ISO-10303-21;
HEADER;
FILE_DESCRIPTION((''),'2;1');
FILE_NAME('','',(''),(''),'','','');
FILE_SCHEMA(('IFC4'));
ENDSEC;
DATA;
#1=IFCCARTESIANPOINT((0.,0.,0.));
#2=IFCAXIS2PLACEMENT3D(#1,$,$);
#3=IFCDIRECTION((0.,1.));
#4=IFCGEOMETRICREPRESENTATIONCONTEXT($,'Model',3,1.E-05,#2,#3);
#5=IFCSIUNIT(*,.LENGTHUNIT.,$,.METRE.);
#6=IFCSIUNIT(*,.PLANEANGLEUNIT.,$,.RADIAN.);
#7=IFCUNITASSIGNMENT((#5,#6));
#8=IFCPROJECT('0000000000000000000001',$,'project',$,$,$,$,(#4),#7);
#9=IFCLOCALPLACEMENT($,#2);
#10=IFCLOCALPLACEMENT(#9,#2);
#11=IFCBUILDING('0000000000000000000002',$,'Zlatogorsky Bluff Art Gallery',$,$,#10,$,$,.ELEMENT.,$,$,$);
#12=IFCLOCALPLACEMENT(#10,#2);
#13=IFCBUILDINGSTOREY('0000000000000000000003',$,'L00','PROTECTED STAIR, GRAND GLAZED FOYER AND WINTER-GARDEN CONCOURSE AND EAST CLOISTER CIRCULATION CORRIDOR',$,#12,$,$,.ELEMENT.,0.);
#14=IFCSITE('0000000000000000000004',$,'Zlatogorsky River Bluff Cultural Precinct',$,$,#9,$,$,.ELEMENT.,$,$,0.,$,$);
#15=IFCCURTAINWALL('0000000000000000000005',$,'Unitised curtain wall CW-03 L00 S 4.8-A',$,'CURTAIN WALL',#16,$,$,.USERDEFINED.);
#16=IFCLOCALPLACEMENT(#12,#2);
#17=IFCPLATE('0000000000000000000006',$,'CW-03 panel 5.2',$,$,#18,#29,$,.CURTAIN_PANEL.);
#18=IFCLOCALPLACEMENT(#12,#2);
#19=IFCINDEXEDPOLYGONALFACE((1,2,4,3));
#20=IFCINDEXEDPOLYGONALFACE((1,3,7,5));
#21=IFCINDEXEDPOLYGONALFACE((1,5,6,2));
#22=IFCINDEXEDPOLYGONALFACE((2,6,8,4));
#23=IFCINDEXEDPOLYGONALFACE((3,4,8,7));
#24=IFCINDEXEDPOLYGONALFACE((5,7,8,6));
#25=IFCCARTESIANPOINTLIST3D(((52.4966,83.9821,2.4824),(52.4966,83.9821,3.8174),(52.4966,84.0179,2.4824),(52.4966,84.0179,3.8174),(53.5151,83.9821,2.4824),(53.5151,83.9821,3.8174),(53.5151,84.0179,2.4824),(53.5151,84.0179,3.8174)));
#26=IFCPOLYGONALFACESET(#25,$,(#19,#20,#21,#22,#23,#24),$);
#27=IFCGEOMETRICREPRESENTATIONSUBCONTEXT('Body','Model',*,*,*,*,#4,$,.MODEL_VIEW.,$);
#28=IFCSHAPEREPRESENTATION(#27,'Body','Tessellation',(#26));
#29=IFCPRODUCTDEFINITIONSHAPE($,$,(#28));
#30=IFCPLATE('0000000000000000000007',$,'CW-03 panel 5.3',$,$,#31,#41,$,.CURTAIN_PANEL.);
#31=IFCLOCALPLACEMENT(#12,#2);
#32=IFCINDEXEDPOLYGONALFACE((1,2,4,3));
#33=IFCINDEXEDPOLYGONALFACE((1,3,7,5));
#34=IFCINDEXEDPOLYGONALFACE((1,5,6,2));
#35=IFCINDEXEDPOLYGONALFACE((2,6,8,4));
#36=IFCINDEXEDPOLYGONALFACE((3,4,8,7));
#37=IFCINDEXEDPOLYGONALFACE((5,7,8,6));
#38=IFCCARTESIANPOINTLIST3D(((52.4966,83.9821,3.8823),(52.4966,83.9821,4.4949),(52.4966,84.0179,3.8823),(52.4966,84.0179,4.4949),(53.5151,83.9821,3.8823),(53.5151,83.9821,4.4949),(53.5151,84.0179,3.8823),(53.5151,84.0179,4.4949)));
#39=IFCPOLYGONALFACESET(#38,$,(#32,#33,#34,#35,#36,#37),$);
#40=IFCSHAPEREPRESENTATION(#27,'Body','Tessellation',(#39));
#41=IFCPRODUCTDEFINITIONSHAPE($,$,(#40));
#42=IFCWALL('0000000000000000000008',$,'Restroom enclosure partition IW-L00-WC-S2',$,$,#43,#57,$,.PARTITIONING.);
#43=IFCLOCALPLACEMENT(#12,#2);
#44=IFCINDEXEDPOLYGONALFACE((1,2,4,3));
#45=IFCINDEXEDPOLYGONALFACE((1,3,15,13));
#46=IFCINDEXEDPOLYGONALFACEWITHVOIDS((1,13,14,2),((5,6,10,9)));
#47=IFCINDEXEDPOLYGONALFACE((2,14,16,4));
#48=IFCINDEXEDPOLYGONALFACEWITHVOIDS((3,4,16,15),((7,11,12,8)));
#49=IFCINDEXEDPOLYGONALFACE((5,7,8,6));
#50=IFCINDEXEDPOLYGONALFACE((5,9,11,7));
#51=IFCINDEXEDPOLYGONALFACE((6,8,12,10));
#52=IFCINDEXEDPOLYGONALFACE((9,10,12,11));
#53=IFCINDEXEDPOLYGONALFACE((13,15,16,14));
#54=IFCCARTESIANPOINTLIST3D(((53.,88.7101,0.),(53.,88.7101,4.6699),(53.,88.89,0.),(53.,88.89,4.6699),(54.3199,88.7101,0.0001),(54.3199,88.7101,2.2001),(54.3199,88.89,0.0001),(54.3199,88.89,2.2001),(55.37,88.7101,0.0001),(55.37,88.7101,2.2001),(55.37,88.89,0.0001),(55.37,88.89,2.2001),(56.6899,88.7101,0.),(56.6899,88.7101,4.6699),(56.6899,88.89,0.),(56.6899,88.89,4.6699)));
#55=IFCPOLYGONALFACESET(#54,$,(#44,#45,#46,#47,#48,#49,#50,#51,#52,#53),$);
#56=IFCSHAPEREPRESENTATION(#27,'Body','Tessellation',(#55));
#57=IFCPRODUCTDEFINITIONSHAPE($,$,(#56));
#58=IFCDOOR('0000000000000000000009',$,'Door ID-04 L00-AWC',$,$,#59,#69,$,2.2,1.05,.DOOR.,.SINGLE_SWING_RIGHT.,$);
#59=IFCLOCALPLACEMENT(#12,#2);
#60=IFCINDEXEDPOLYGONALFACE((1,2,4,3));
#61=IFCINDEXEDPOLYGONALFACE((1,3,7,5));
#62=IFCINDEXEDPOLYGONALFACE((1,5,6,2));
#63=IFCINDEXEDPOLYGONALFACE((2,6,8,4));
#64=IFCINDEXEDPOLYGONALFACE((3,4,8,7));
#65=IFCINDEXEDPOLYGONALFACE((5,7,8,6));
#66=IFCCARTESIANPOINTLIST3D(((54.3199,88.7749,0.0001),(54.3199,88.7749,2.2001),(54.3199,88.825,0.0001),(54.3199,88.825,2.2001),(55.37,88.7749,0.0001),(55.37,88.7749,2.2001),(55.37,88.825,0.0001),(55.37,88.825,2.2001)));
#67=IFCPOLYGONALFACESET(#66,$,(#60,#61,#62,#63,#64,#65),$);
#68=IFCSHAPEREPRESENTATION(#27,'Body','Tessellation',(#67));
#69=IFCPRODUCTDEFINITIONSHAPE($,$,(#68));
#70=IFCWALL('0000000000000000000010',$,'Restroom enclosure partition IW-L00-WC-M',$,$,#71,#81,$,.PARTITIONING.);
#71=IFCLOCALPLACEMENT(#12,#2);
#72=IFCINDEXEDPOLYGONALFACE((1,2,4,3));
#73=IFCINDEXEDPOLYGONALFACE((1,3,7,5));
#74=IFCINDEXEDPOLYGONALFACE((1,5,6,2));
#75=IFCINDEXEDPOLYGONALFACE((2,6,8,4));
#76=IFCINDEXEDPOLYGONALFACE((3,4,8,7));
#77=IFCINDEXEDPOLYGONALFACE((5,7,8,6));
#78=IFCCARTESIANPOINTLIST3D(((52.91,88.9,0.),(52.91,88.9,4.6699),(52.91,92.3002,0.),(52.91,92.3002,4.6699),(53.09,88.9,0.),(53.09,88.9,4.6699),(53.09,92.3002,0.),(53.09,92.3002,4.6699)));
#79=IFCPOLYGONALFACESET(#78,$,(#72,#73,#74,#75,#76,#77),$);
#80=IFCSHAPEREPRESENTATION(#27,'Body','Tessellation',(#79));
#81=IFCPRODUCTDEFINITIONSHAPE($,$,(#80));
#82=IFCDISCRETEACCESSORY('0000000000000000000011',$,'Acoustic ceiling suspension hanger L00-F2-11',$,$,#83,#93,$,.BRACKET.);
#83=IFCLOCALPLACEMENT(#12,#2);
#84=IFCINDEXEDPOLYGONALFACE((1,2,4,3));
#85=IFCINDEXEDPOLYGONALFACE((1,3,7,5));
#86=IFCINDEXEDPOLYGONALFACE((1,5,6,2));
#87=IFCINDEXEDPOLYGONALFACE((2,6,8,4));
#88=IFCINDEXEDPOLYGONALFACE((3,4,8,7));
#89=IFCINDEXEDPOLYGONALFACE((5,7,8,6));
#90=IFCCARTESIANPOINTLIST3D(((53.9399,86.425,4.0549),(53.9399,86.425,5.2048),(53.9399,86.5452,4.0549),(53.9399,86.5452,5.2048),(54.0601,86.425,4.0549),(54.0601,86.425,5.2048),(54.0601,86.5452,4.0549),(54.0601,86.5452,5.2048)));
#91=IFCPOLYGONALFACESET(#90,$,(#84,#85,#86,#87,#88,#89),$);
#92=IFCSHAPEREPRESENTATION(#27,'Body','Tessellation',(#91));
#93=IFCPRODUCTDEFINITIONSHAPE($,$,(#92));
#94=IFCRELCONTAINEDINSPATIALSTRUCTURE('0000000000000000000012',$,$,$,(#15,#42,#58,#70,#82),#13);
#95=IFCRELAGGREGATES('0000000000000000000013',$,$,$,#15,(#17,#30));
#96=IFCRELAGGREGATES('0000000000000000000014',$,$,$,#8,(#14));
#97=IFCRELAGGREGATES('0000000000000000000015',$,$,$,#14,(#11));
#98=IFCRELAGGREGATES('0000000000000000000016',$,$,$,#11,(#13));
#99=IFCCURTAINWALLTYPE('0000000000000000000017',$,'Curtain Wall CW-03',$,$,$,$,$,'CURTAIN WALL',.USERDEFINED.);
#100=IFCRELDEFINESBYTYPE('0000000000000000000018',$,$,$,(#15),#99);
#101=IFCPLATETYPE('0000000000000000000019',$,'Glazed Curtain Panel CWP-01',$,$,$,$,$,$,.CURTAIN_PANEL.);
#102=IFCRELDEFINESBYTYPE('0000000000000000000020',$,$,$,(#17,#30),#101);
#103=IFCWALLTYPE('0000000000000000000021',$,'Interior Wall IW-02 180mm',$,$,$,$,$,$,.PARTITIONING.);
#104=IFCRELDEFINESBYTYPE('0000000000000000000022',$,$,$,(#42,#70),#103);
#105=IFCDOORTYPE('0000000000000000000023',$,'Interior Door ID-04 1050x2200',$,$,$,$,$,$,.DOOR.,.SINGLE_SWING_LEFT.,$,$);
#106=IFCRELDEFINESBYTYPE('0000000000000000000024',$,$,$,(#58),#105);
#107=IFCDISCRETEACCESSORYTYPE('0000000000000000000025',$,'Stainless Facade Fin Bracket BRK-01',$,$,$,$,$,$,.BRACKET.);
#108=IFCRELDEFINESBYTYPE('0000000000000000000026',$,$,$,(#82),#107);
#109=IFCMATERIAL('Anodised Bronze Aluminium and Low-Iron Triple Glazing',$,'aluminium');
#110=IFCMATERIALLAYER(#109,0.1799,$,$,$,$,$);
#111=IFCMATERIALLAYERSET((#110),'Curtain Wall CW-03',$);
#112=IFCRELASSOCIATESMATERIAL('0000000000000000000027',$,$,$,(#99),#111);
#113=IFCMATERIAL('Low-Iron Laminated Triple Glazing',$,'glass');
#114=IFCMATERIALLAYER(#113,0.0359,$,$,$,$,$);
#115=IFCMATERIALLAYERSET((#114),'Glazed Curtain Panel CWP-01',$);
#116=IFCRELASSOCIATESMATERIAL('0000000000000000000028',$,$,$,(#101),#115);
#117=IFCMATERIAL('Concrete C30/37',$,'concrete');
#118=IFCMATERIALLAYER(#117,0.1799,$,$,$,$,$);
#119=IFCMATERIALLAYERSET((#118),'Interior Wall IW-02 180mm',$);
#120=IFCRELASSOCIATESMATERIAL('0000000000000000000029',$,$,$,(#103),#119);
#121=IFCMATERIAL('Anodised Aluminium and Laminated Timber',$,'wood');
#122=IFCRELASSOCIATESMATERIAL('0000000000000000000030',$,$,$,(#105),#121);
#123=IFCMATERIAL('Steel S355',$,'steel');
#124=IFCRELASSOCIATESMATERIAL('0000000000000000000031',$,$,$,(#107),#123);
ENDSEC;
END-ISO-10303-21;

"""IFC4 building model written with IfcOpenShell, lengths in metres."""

from ifc_helpers import new_model, si_unit, direction, frame, frame_2d, origin, origin_2d, place, context, subcontext, project, spatial, rectangle, extrude, material, layer, layer_set, type_object, element, fill, aggregate, save


model = new_model("IFC4")

# Units and contexts
model_context = context("Model", 3, precision=1e-05, world=origin(), true_north=direction((0.0, 1.0)))
body_context = subcontext(model_context, "Body", "Model", "MODEL_VIEW")
ifc_project = project(units=[si_unit("LENGTHUNIT", "METRE"), si_unit("PLANEANGLEUNIT", "RADIAN")], contexts=[model_context])

# Site, building, storey
site_placement = place(None, origin())
site = spatial("IfcSite", under=ifc_project, at=site_placement, Name="Zlatogorsky River Bluff Cultural Precinct", CompositionType="ELEMENT", RefElevation=0.0)
building_placement = place(site_placement, origin())
building = spatial("IfcBuilding", under=site, at=building_placement, Name="Zlatogorsky Bluff Art Gallery", CompositionType="ELEMENT")
storey_placement = place(building_placement, origin())
storey = spatial("IfcBuildingStorey", under=building, at=storey_placement, Name="L00", Description="PROTECTED STAIR, GRAND GLAZED FOYER AND WINTER-GARDEN CONCOURSE AND EAST CLOISTER CIRCULATION CORRIDOR", CompositionType="ELEMENT", Elevation=0.0)

# Shared definitions
ifc_material_1 = material(Name="Steel S355", Category="steel")

# Curtain wall
ifc_material_2 = material(Name="Anodised Bronze Aluminium and Low-Iron Triple Glazing", Category="aluminium")
ifc_layer_1 = layer(ifc_material_2, 0.1799)
ifc_layer_set_1 = layer_set([ifc_layer_1], Name="Curtain Wall CW-03")
curtain_wall_type = type_object("IfcCurtainWallType", Name="Curtain Wall CW-03", ElementType="CURTAIN WALL", PredefinedType="USERDEFINED", material=ifc_layer_set_1)
curtain_wall_1_placement = place(storey_placement, origin())
curtain_wall_1 = element("IfcCurtainWall", 1, at=curtain_wall_1_placement, inside=storey, type_object=curtain_wall_type, Name="Unitised curtain wall CW-03 L00 S 4.8-A", ObjectType="CURTAIN WALL", PredefinedType="USERDEFINED")

# Plates
ifc_material_3 = material(Name="Low-Iron Laminated Triple Glazing", Category="glass")
ifc_layer_2 = layer(ifc_material_3, 0.0359)
ifc_layer_set_2 = layer_set([ifc_layer_2], Name="Glazed Curtain Panel CWP-01")
plate_type = type_object("IfcPlateType", Name="Glazed Curtain Panel CWP-01", PredefinedType="CURTAIN_PANEL", material=ifc_layer_set_2)
plate_1_placement = place(storey_placement, frame((53.0059, 84.0, 2.4824), z_axis=(0.0, 0.0, 1.0), x_axis=(1.0, 0.0, 0.0)))
plate_1 = element("IfcPlate", 2, at=plate_1_placement, type_object=plate_type, Name="CW-03 panel 5.2", PredefinedType="CURTAIN_PANEL", context=body_context, shape_type="SweptSolid", body=[
    extrude(rectangle(XDim=1.0186, YDim=0.0359, at=origin_2d()), origin(), (0.0, 0.0, 1.0), 1.335),
])
plate_2_placement = place(storey_placement, frame((53.0059, 84.0, 3.8823), z_axis=(0.0, 0.0, 1.0), x_axis=(1.0, 0.0, 0.0)))
plate_2 = element("IfcPlate", 3, at=plate_2_placement, type_object=plate_type, Name="CW-03 panel 5.3", PredefinedType="CURTAIN_PANEL", context=body_context, shape_type="SweptSolid", body=[
    extrude(rectangle(XDim=1.0186, YDim=0.0359, at=origin_2d()), origin(), (0.0, 0.0, 1.0), 0.6125),
])
aggregate(curtain_wall_1, [plate_1, plate_2])

# Wall, opening, door
ifc_material_4 = material(Name="Concrete C30/37", Category="concrete")
ifc_layer_3 = layer(ifc_material_4, 0.1799)
ifc_layer_set_3 = layer_set([ifc_layer_3], Name="Interior Wall IW-02 180mm")
wall_type = type_object("IfcWallType", Name="Interior Wall IW-02 180mm", PredefinedType="PARTITIONING", material=ifc_layer_set_3)
wall_1_placement = place(storey_placement, frame((53.0, 88.8, 0.0), z_axis=(0.0, 0.0, 1.0), x_axis=(1.0, 0.0, 0.0)))
wall_1 = element("IfcWall", 4, at=wall_1_placement, inside=storey, type_object=wall_type, Name="Restroom enclosure partition IW-L00-WC-S2", PredefinedType="PARTITIONING", context=body_context, shape_type="SweptSolid", body=[
    extrude(rectangle(XDim=3.6899, YDim=0.1799, at=frame_2d((1.845, 0.0))), origin(), (0.0, 0.0, 1.0), 4.6699),
])
opening_placement = place(wall_1_placement, frame((1.3201, 0.0, 0.0)))
opening = element("IfcOpeningElement", 5, at=opening_placement, cuts=wall_1, PredefinedType="OPENING", context=body_context, shape_type="SweptSolid", body=[
    extrude(rectangle(XDim=1.05, YDim=2.2, at=frame_2d((0.5249, 1.1001))), frame((0.0, 0.0999, 0.0), z_axis=(0.0, -1.0, 0.0), x_axis=(1.0, 0.0, 0.0)), (0.0, 0.0, 1.0), 0.2),
])
ifc_material_5 = material(Name="Anodised Aluminium and Laminated Timber", Category="wood")
door_type = type_object("IfcDoorType", Name="Interior Door ID-04 1050x2200", OperationType="SINGLE_SWING_LEFT", PredefinedType="DOOR", material=ifc_material_5)
door_placement = place(opening_placement, origin())
door = element("IfcDoor", 6, at=door_placement, inside=storey, type_object=door_type, Name="Door ID-04 L00-AWC", OperationType="SINGLE_SWING_RIGHT", OverallHeight=2.2, OverallWidth=1.05, PredefinedType="DOOR", context=body_context, shape_type="SweptSolid", body=[
    extrude(rectangle(XDim=1.05, YDim=2.2, at=frame_2d((0.5249, 1.1001))), frame((0.0, 0.0249, 0.0), z_axis=(0.0, -1.0, 0.0), x_axis=(1.0, 0.0, 0.0)), (0.0, 0.0, 1.0), 0.05),
])
fill(opening, door)

# Wall
wall_2_placement = place(storey_placement, frame((53.0, 88.8999, 0.0), z_axis=(0.0, 0.0, 1.0), x_axis=(0.0, 1.0, 0.0)))
element("IfcWall", 7, at=wall_2_placement, inside=storey, type_object=wall_type, Name="Restroom enclosure partition IW-L00-WC-M", PredefinedType="PARTITIONING", context=body_context, shape_type="SweptSolid", body=[
    extrude(rectangle(XDim=3.4001, YDim=0.1799, at=frame_2d((1.7002, 0.0))), origin(), (0.0, 0.0, 1.0), 4.6699),
])

# Discrete accessory
discrete_accessory_type = type_object("IfcDiscreteAccessoryType", Name="Stainless Facade Fin Bracket BRK-01", PredefinedType="BRACKET", material=ifc_material_1)
discrete_accessory_placement = place(storey_placement, frame((54.0, 86.4851, 4.0549), z_axis=(0.0, 0.0, 1.0), x_axis=(1.0, 0.0, 0.0)))
element("IfcDiscreteAccessory", 8, at=discrete_accessory_placement, inside=storey, type_object=discrete_accessory_type, Name="Acoustic ceiling suspension hanger L00-F2-11", PredefinedType="BRACKET", context=body_context, shape_type="SweptSolid", body=[
    extrude(rectangle(XDim=0.1201, YDim=0.1201, at=origin_2d()), origin(), (0.0, 0.0, 1.0), 1.1499),
])

save(model, "model.ifc")
